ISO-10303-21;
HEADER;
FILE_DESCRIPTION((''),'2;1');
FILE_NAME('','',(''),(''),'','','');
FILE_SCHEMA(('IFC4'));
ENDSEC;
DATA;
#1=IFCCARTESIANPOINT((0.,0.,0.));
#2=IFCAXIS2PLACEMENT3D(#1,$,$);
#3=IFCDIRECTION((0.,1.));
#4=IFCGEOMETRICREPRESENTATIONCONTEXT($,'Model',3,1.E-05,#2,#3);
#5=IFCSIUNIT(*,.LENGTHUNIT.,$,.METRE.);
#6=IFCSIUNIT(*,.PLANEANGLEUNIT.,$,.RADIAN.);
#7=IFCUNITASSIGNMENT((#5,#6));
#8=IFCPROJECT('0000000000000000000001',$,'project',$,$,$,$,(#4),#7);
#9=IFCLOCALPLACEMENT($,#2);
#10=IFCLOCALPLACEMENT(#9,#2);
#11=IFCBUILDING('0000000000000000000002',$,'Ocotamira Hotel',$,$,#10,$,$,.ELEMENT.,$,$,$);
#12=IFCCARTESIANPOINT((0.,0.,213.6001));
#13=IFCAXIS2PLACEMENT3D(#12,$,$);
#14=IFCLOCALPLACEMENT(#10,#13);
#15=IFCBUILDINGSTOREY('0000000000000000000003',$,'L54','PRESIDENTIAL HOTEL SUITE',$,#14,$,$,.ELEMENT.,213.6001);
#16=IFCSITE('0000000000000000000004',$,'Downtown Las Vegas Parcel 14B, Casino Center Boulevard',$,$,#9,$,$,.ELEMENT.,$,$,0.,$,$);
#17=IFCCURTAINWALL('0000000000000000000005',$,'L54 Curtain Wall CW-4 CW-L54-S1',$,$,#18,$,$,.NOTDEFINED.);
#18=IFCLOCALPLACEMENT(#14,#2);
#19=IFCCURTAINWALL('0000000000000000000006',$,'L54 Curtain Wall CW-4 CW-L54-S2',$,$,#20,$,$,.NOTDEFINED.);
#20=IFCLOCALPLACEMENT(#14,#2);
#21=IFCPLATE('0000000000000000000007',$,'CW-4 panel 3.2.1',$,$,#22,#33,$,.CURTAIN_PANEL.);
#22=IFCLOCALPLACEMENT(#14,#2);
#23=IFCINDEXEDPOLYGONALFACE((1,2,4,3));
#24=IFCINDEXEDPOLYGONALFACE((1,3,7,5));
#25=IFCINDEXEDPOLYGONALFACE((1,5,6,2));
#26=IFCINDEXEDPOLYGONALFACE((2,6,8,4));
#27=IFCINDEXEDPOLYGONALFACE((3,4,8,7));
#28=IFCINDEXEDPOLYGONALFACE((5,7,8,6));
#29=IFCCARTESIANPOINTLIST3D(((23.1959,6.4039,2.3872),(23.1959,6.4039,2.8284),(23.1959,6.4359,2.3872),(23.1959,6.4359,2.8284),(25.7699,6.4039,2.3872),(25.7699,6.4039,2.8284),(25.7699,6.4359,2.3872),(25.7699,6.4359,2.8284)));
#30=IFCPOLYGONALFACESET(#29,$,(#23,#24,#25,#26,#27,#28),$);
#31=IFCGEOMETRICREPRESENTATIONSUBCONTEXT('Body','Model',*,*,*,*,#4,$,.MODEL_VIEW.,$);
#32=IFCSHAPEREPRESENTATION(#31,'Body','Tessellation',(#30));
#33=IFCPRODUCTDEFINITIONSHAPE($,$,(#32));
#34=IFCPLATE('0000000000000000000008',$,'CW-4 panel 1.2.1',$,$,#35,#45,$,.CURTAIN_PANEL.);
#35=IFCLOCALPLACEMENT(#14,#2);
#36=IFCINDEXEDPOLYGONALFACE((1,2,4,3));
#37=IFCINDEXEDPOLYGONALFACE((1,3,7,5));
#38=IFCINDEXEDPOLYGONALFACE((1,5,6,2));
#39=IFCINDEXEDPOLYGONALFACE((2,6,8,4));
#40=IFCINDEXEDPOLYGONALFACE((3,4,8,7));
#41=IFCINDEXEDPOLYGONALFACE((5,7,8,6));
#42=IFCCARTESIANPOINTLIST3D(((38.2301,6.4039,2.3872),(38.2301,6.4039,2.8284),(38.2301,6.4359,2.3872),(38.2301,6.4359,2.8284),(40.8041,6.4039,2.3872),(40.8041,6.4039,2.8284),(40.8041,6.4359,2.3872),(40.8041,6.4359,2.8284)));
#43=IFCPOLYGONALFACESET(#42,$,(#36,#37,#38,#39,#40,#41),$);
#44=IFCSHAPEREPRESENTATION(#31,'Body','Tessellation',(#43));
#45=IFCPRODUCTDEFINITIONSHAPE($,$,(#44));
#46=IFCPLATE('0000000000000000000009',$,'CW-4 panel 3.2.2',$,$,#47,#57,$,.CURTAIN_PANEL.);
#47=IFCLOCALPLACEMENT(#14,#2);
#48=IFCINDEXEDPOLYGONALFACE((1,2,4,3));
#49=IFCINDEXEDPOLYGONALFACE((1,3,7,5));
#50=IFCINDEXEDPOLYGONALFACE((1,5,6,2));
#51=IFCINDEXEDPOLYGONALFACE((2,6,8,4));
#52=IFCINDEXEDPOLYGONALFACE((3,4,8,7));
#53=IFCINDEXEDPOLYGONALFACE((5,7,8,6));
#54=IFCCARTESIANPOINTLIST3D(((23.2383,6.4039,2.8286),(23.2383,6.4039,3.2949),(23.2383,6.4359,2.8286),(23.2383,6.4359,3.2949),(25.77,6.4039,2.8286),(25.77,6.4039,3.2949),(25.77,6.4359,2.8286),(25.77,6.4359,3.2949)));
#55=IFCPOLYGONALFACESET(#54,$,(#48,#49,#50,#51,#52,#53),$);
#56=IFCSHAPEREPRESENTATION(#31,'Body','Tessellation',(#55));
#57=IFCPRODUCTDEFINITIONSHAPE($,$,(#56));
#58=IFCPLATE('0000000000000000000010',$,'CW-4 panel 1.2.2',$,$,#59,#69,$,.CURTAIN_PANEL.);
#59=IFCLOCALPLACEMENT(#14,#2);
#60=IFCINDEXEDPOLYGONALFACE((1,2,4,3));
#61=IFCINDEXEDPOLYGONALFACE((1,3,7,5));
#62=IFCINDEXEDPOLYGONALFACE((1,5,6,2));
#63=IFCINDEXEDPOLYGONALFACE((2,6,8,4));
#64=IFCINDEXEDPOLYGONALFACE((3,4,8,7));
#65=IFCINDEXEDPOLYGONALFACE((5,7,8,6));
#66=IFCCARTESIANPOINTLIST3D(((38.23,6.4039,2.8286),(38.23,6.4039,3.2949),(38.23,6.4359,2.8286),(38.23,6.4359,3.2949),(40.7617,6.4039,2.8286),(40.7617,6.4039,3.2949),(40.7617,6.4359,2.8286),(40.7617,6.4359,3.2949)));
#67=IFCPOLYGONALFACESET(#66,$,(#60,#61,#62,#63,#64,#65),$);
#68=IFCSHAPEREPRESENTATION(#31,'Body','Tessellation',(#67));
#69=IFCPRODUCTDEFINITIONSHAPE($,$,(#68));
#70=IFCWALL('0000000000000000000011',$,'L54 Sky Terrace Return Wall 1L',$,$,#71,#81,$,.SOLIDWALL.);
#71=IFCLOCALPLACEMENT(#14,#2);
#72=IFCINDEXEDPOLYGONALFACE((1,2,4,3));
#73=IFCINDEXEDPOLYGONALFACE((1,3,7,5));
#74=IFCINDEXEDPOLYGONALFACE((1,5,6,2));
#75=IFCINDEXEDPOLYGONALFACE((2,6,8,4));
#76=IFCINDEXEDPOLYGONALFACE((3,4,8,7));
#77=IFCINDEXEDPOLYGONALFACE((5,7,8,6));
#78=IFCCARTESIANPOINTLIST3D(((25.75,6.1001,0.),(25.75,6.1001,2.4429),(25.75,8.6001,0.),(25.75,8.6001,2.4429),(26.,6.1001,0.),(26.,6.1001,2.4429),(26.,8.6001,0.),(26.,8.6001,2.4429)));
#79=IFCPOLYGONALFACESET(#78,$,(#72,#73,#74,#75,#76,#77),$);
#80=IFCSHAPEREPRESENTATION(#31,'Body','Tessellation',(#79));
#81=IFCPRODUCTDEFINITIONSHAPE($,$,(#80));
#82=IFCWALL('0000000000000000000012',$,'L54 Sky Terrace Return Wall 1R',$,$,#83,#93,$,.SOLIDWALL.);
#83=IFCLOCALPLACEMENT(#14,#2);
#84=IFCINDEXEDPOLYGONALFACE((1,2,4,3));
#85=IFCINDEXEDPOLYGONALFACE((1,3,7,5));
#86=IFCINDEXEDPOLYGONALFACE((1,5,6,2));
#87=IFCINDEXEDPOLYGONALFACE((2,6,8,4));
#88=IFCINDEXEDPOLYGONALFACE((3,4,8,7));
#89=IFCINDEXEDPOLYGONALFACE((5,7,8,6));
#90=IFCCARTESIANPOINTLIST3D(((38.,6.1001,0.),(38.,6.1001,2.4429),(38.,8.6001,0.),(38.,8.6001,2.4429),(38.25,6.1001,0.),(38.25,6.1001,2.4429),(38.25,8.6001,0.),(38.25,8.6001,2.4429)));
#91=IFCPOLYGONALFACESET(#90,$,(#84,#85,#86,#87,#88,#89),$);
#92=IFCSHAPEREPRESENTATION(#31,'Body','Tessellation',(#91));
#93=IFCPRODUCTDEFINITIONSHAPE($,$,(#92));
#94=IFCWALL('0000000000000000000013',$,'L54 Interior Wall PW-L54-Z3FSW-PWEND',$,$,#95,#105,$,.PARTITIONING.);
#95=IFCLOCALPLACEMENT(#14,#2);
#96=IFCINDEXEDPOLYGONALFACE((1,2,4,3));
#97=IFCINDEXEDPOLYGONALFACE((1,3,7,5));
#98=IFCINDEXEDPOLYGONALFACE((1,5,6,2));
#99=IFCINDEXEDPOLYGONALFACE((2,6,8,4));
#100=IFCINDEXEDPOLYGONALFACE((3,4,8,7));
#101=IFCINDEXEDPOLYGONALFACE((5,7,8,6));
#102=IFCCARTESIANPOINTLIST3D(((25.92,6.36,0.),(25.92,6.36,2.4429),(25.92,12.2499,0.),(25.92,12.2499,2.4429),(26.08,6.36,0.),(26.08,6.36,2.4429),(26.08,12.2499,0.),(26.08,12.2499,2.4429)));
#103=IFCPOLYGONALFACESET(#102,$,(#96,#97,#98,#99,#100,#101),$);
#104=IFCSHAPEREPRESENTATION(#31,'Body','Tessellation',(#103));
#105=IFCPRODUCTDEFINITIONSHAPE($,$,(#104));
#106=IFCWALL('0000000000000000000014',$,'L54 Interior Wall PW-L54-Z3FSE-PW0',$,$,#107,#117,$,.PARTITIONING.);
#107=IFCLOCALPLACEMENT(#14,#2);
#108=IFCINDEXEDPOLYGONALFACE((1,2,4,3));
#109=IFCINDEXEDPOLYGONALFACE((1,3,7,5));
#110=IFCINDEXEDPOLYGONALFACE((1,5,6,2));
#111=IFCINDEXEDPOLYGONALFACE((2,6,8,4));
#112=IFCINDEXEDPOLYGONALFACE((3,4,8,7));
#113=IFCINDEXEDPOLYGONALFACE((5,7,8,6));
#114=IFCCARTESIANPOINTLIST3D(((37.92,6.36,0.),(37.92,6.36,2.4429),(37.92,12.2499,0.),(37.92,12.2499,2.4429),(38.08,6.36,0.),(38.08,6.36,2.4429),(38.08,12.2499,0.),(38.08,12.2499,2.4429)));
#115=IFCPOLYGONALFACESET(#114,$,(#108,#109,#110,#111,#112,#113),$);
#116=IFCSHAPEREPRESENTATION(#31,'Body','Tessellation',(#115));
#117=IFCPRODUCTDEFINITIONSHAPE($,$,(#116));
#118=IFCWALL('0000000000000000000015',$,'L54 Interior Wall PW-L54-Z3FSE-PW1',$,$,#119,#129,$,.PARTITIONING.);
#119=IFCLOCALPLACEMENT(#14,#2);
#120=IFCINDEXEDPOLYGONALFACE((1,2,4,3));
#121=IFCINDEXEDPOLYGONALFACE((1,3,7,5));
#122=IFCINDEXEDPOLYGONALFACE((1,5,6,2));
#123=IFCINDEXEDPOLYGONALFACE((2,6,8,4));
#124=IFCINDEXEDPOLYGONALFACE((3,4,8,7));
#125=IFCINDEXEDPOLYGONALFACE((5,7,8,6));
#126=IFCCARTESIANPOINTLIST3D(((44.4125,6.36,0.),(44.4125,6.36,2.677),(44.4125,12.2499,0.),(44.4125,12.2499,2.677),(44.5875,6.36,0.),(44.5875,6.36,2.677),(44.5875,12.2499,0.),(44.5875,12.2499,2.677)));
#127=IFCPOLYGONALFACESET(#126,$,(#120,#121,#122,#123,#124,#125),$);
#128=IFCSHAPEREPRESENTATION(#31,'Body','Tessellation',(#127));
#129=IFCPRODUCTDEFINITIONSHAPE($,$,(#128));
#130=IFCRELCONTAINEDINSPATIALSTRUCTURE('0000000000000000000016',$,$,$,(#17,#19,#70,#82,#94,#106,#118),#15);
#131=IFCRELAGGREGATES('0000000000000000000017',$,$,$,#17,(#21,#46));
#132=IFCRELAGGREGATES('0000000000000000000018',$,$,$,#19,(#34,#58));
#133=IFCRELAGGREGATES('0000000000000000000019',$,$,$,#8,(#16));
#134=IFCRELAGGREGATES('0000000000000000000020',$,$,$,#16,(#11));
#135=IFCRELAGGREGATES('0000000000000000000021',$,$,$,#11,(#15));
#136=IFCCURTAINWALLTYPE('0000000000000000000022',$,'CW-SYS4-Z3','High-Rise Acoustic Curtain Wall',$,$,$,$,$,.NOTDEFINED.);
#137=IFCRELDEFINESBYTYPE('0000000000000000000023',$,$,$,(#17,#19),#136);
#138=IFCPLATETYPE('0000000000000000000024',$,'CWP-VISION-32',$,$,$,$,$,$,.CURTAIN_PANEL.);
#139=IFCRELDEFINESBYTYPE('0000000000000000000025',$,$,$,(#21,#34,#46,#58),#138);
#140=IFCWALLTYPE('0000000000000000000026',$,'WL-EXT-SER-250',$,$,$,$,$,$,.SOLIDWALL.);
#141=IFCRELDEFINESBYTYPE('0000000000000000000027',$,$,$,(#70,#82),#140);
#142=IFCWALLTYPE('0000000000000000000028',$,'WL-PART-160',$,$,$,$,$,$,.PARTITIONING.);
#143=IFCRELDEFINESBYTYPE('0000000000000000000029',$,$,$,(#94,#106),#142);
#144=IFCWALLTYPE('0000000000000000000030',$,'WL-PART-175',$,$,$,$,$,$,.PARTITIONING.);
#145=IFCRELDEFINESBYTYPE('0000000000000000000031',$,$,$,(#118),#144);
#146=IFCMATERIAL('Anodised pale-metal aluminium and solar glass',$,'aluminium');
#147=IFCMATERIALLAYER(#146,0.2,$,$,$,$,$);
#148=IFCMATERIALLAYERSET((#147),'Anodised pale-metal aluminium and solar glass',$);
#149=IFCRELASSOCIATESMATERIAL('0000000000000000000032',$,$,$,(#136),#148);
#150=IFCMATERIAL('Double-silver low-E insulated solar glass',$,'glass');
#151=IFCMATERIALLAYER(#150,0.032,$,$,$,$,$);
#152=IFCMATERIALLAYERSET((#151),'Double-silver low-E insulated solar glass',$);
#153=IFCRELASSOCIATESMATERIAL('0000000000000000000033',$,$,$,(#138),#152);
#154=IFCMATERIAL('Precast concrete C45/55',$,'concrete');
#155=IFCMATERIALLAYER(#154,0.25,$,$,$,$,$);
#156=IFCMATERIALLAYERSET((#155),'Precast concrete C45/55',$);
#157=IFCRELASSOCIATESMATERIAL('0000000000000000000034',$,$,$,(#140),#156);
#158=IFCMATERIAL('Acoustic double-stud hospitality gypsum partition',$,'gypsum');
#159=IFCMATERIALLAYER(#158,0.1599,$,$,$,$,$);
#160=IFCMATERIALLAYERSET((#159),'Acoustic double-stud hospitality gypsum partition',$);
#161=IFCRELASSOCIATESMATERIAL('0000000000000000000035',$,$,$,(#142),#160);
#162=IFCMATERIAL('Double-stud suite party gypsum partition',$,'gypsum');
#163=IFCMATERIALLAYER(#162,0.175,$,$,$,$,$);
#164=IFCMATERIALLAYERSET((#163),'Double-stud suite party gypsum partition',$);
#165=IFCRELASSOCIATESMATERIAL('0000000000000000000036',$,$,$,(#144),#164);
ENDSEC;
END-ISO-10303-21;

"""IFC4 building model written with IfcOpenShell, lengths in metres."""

from ifc_helpers import new_model, si_unit, direction, frame, frame_2d, origin, origin_2d, place, context, subcontext, project, spatial, rectangle, extrude, source, transform, mapped, material, layer, layer_set, type_object, element, aggregate, save


model = new_model("IFC4")

# Units and contexts
model_context = context("Model", 3, precision=1e-05, world=origin(), true_north=direction((0.0, 1.0)))
body_context = subcontext(model_context, "Body", "Model", "MODEL_VIEW")
ifc_project = project(units=[si_unit("LENGTHUNIT", "METRE"), si_unit("PLANEANGLEUNIT", "RADIAN")], contexts=[model_context])

# Site, building, storey
site_placement = place(None, origin())
site = spatial("IfcSite", under=ifc_project, at=site_placement, Name="Downtown Las Vegas Parcel 14B, Casino Center Boulevard", CompositionType="ELEMENT", RefElevation=0.0)
building_placement = place(site_placement, origin())
building = spatial("IfcBuilding", under=site, at=building_placement, Name="Ocotamira Hotel", CompositionType="ELEMENT")
storey_placement = place(building_placement, frame((0.0, 0.0, 213.6001)))
storey = spatial("IfcBuildingStorey", under=building, at=storey_placement, Name="L54", Description="PRESIDENTIAL HOTEL SUITE", CompositionType="ELEMENT", Elevation=213.6001)

# Curtain wall
ifc_material_1 = material(Name="Anodised pale-metal aluminium and solar glass", Category="aluminium")
ifc_layer_1 = layer(ifc_material_1, 0.2)
ifc_layer_set_1 = layer_set([ifc_layer_1], Name="Anodised pale-metal aluminium and solar glass")
curtain_wall_type = type_object("IfcCurtainWallType", Name="CW-SYS4-Z3", Description="High-Rise Acoustic Curtain Wall", PredefinedType="NOTDEFINED", material=ifc_layer_set_1)
curtain_wall_1_placement = place(storey_placement, origin())
curtain_wall_1 = element("IfcCurtainWall", 1, at=curtain_wall_1_placement, inside=storey, type_object=curtain_wall_type, Name="L54 Curtain Wall CW-4 CW-L54-S1", PredefinedType="NOTDEFINED")

# Curtain wall
curtain_wall_2_placement = place(storey_placement, origin())
curtain_wall_2 = element("IfcCurtainWall", 2, at=curtain_wall_2_placement, inside=storey, type_object=curtain_wall_type, Name="L54 Curtain Wall CW-4 CW-L54-S2", PredefinedType="NOTDEFINED")

# Plates
ifc_material_2 = material(Name="Double-silver low-E insulated solar glass", Category="glass")
ifc_layer_2 = layer(ifc_material_2, 0.032)
ifc_layer_set_2 = layer_set([ifc_layer_2], Name="Double-silver low-E insulated solar glass")
plate_type_1 = type_object("IfcPlateType", Name="CWP-VISION-32", PredefinedType="CURTAIN_PANEL", material=ifc_layer_set_2)
shared_shape_1 = source(origin(), body_context, "Body", "SweptSolid", [
    extrude(rectangle(XDim=2.574, YDim=0.032, at=origin_2d()), origin(), (0.0, 0.0, 1.0), 0.4412),
])
plate_1_placement = place(storey_placement, frame((24.4829, 6.4199, 2.3872), z_axis=(0.0, 0.0, 1.0), x_axis=(1.0, 0.0, 0.0)))
plate_1 = element("IfcPlate", 3, at=plate_1_placement, type_object=plate_type_1, Name="CW-4 panel 3.2.1", PredefinedType="CURTAIN_PANEL", context=body_context, shape_type="MappedRepresentation", body=[
    mapped(shared_shape_1, transform((0.0, 0.0, 0.0), scale=1.0)),
])
plate_2_placement = place(storey_placement, frame((39.5171, 6.4199, 2.3872), z_axis=(0.0, 0.0, 1.0), x_axis=(1.0, 0.0, 0.0)))
plate_2 = element("IfcPlate", 4, at=plate_2_placement, type_object=plate_type_1, Name="CW-4 panel 1.2.1", PredefinedType="CURTAIN_PANEL", context=body_context, shape_type="MappedRepresentation", body=[
    mapped(shared_shape_1, transform((0.0, 0.0, 0.0), scale=1.0)),
])
shared_shape_2 = source(origin(), body_context, "Body", "SweptSolid", [
    extrude(rectangle(XDim=2.5317, YDim=0.032, at=origin_2d()), origin(), (0.0, 0.0, 1.0), 0.4663),
])
plate_3_placement = place(storey_placement, frame((24.5042, 6.4199, 2.8286), z_axis=(0.0, 0.0, 1.0), x_axis=(1.0, 0.0, 0.0)))
plate_3 = element("IfcPlate", 5, at=plate_3_placement, type_object=plate_type_1, Name="CW-4 panel 3.2.2", PredefinedType="CURTAIN_PANEL", context=body_context, shape_type="MappedRepresentation", body=[
    mapped(shared_shape_2, transform((0.0, 0.0, 0.0), scale=1.0)),
])
aggregate(curtain_wall_1, [plate_1, plate_3])
plate_4_placement = place(storey_placement, frame((39.4958, 6.4199, 2.8286), z_axis=(0.0, 0.0, 1.0), x_axis=(1.0, 0.0, 0.0)))
plate_4 = element("IfcPlate", 6, at=plate_4_placement, type_object=plate_type_1, Name="CW-4 panel 1.2.2", PredefinedType="CURTAIN_PANEL", context=body_context, shape_type="MappedRepresentation", body=[
    mapped(shared_shape_2, transform((0.0, 0.0, 0.0), scale=1.0)),
])
aggregate(curtain_wall_2, [plate_2, plate_4])

# Walls
ifc_material_3 = material(Name="Precast concrete C45/55", Category="concrete")
ifc_layer_3 = layer(ifc_material_3, 0.25)
ifc_layer_set_3 = layer_set([ifc_layer_3], Name="Precast concrete C45/55")
wall_type_1 = type_object("IfcWallType", Name="WL-EXT-SER-250", PredefinedType="SOLIDWALL", material=ifc_layer_set_3)
for number, where, z_axis, x_axis, name in (
    (7, (25.875, 6.1001, 0.0), (0.0, 0.0, 1.0), (0.0, 1.0, 0.0), "L54 Sky Terrace Return Wall 1L"),
    (8, (38.125, 6.1001, 0.0), (0.0, 0.0, 1.0), (0.0, 1.0, 0.0), "L54 Sky Terrace Return Wall 1R"),
):
    element("IfcWall", number, at=place(storey_placement, frame(where, z_axis=z_axis, x_axis=x_axis)), inside=storey, type_object=wall_type_1, Name=name, PredefinedType="SOLIDWALL", context=body_context, shape_type="SweptSolid", body=[
        extrude(rectangle(XDim=2.5, YDim=0.25, at=frame_2d((1.25, 0.0))), origin(), (0.0, 0.0, 1.0), 2.4429),
    ])
ifc_material_4 = material(Name="Acoustic double-stud hospitality gypsum partition", Category="gypsum")
ifc_layer_4 = layer(ifc_material_4, 0.1599)
ifc_layer_set_4 = layer_set([ifc_layer_4], Name="Acoustic double-stud hospitality gypsum partition")
wall_type_2 = type_object("IfcWallType", Name="WL-PART-160", PredefinedType="PARTITIONING", material=ifc_layer_set_4)
for number, where, z_axis, x_axis, name in (
    (9, (26.0, 6.3601, 0.0), (0.0, 0.0, 1.0), (0.0, 1.0, 0.0), "L54 Interior Wall PW-L54-Z3FSW-PWEND"),
    (10, (38.0, 6.3601, 0.0), (0.0, 0.0, 1.0), (0.0, 1.0, 0.0), "L54 Interior Wall PW-L54-Z3FSE-PW0"),
):
    element("IfcWall", number, at=place(storey_placement, frame(where, z_axis=z_axis, x_axis=x_axis)), inside=storey, type_object=wall_type_2, Name=name, PredefinedType="PARTITIONING", context=body_context, shape_type="SweptSolid", body=[
        extrude(rectangle(XDim=5.8899, YDim=0.1599, at=frame_2d((2.9448, 0.0))), origin(), (0.0, 0.0, 1.0), 2.4429),
    ])
ifc_material_5 = material(Name="Double-stud suite party gypsum partition", Category="gypsum")
ifc_layer_5 = layer(ifc_material_5, 0.175)
ifc_layer_set_5 = layer_set([ifc_layer_5], Name="Double-stud suite party gypsum partition")
wall_type_3 = type_object("IfcWallType", Name="WL-PART-175", PredefinedType="PARTITIONING", material=ifc_layer_set_5)
wall_placement = place(storey_placement, frame((44.5, 6.3601, 0.0), z_axis=(0.0, 0.0, 1.0), x_axis=(0.0, 1.0, 0.0)))
element("IfcWall", 11, at=wall_placement, inside=storey, type_object=wall_type_3, Name="L54 Interior Wall PW-L54-Z3FSE-PW1", PredefinedType="PARTITIONING", context=body_context, shape_type="SweptSolid", body=[
    extrude(rectangle(XDim=5.8899, YDim=0.175, at=frame_2d((2.9448, 0.0))), origin(), (0.0, 0.0, 1.0), 2.677),
])

save(model, "model.ifc")
